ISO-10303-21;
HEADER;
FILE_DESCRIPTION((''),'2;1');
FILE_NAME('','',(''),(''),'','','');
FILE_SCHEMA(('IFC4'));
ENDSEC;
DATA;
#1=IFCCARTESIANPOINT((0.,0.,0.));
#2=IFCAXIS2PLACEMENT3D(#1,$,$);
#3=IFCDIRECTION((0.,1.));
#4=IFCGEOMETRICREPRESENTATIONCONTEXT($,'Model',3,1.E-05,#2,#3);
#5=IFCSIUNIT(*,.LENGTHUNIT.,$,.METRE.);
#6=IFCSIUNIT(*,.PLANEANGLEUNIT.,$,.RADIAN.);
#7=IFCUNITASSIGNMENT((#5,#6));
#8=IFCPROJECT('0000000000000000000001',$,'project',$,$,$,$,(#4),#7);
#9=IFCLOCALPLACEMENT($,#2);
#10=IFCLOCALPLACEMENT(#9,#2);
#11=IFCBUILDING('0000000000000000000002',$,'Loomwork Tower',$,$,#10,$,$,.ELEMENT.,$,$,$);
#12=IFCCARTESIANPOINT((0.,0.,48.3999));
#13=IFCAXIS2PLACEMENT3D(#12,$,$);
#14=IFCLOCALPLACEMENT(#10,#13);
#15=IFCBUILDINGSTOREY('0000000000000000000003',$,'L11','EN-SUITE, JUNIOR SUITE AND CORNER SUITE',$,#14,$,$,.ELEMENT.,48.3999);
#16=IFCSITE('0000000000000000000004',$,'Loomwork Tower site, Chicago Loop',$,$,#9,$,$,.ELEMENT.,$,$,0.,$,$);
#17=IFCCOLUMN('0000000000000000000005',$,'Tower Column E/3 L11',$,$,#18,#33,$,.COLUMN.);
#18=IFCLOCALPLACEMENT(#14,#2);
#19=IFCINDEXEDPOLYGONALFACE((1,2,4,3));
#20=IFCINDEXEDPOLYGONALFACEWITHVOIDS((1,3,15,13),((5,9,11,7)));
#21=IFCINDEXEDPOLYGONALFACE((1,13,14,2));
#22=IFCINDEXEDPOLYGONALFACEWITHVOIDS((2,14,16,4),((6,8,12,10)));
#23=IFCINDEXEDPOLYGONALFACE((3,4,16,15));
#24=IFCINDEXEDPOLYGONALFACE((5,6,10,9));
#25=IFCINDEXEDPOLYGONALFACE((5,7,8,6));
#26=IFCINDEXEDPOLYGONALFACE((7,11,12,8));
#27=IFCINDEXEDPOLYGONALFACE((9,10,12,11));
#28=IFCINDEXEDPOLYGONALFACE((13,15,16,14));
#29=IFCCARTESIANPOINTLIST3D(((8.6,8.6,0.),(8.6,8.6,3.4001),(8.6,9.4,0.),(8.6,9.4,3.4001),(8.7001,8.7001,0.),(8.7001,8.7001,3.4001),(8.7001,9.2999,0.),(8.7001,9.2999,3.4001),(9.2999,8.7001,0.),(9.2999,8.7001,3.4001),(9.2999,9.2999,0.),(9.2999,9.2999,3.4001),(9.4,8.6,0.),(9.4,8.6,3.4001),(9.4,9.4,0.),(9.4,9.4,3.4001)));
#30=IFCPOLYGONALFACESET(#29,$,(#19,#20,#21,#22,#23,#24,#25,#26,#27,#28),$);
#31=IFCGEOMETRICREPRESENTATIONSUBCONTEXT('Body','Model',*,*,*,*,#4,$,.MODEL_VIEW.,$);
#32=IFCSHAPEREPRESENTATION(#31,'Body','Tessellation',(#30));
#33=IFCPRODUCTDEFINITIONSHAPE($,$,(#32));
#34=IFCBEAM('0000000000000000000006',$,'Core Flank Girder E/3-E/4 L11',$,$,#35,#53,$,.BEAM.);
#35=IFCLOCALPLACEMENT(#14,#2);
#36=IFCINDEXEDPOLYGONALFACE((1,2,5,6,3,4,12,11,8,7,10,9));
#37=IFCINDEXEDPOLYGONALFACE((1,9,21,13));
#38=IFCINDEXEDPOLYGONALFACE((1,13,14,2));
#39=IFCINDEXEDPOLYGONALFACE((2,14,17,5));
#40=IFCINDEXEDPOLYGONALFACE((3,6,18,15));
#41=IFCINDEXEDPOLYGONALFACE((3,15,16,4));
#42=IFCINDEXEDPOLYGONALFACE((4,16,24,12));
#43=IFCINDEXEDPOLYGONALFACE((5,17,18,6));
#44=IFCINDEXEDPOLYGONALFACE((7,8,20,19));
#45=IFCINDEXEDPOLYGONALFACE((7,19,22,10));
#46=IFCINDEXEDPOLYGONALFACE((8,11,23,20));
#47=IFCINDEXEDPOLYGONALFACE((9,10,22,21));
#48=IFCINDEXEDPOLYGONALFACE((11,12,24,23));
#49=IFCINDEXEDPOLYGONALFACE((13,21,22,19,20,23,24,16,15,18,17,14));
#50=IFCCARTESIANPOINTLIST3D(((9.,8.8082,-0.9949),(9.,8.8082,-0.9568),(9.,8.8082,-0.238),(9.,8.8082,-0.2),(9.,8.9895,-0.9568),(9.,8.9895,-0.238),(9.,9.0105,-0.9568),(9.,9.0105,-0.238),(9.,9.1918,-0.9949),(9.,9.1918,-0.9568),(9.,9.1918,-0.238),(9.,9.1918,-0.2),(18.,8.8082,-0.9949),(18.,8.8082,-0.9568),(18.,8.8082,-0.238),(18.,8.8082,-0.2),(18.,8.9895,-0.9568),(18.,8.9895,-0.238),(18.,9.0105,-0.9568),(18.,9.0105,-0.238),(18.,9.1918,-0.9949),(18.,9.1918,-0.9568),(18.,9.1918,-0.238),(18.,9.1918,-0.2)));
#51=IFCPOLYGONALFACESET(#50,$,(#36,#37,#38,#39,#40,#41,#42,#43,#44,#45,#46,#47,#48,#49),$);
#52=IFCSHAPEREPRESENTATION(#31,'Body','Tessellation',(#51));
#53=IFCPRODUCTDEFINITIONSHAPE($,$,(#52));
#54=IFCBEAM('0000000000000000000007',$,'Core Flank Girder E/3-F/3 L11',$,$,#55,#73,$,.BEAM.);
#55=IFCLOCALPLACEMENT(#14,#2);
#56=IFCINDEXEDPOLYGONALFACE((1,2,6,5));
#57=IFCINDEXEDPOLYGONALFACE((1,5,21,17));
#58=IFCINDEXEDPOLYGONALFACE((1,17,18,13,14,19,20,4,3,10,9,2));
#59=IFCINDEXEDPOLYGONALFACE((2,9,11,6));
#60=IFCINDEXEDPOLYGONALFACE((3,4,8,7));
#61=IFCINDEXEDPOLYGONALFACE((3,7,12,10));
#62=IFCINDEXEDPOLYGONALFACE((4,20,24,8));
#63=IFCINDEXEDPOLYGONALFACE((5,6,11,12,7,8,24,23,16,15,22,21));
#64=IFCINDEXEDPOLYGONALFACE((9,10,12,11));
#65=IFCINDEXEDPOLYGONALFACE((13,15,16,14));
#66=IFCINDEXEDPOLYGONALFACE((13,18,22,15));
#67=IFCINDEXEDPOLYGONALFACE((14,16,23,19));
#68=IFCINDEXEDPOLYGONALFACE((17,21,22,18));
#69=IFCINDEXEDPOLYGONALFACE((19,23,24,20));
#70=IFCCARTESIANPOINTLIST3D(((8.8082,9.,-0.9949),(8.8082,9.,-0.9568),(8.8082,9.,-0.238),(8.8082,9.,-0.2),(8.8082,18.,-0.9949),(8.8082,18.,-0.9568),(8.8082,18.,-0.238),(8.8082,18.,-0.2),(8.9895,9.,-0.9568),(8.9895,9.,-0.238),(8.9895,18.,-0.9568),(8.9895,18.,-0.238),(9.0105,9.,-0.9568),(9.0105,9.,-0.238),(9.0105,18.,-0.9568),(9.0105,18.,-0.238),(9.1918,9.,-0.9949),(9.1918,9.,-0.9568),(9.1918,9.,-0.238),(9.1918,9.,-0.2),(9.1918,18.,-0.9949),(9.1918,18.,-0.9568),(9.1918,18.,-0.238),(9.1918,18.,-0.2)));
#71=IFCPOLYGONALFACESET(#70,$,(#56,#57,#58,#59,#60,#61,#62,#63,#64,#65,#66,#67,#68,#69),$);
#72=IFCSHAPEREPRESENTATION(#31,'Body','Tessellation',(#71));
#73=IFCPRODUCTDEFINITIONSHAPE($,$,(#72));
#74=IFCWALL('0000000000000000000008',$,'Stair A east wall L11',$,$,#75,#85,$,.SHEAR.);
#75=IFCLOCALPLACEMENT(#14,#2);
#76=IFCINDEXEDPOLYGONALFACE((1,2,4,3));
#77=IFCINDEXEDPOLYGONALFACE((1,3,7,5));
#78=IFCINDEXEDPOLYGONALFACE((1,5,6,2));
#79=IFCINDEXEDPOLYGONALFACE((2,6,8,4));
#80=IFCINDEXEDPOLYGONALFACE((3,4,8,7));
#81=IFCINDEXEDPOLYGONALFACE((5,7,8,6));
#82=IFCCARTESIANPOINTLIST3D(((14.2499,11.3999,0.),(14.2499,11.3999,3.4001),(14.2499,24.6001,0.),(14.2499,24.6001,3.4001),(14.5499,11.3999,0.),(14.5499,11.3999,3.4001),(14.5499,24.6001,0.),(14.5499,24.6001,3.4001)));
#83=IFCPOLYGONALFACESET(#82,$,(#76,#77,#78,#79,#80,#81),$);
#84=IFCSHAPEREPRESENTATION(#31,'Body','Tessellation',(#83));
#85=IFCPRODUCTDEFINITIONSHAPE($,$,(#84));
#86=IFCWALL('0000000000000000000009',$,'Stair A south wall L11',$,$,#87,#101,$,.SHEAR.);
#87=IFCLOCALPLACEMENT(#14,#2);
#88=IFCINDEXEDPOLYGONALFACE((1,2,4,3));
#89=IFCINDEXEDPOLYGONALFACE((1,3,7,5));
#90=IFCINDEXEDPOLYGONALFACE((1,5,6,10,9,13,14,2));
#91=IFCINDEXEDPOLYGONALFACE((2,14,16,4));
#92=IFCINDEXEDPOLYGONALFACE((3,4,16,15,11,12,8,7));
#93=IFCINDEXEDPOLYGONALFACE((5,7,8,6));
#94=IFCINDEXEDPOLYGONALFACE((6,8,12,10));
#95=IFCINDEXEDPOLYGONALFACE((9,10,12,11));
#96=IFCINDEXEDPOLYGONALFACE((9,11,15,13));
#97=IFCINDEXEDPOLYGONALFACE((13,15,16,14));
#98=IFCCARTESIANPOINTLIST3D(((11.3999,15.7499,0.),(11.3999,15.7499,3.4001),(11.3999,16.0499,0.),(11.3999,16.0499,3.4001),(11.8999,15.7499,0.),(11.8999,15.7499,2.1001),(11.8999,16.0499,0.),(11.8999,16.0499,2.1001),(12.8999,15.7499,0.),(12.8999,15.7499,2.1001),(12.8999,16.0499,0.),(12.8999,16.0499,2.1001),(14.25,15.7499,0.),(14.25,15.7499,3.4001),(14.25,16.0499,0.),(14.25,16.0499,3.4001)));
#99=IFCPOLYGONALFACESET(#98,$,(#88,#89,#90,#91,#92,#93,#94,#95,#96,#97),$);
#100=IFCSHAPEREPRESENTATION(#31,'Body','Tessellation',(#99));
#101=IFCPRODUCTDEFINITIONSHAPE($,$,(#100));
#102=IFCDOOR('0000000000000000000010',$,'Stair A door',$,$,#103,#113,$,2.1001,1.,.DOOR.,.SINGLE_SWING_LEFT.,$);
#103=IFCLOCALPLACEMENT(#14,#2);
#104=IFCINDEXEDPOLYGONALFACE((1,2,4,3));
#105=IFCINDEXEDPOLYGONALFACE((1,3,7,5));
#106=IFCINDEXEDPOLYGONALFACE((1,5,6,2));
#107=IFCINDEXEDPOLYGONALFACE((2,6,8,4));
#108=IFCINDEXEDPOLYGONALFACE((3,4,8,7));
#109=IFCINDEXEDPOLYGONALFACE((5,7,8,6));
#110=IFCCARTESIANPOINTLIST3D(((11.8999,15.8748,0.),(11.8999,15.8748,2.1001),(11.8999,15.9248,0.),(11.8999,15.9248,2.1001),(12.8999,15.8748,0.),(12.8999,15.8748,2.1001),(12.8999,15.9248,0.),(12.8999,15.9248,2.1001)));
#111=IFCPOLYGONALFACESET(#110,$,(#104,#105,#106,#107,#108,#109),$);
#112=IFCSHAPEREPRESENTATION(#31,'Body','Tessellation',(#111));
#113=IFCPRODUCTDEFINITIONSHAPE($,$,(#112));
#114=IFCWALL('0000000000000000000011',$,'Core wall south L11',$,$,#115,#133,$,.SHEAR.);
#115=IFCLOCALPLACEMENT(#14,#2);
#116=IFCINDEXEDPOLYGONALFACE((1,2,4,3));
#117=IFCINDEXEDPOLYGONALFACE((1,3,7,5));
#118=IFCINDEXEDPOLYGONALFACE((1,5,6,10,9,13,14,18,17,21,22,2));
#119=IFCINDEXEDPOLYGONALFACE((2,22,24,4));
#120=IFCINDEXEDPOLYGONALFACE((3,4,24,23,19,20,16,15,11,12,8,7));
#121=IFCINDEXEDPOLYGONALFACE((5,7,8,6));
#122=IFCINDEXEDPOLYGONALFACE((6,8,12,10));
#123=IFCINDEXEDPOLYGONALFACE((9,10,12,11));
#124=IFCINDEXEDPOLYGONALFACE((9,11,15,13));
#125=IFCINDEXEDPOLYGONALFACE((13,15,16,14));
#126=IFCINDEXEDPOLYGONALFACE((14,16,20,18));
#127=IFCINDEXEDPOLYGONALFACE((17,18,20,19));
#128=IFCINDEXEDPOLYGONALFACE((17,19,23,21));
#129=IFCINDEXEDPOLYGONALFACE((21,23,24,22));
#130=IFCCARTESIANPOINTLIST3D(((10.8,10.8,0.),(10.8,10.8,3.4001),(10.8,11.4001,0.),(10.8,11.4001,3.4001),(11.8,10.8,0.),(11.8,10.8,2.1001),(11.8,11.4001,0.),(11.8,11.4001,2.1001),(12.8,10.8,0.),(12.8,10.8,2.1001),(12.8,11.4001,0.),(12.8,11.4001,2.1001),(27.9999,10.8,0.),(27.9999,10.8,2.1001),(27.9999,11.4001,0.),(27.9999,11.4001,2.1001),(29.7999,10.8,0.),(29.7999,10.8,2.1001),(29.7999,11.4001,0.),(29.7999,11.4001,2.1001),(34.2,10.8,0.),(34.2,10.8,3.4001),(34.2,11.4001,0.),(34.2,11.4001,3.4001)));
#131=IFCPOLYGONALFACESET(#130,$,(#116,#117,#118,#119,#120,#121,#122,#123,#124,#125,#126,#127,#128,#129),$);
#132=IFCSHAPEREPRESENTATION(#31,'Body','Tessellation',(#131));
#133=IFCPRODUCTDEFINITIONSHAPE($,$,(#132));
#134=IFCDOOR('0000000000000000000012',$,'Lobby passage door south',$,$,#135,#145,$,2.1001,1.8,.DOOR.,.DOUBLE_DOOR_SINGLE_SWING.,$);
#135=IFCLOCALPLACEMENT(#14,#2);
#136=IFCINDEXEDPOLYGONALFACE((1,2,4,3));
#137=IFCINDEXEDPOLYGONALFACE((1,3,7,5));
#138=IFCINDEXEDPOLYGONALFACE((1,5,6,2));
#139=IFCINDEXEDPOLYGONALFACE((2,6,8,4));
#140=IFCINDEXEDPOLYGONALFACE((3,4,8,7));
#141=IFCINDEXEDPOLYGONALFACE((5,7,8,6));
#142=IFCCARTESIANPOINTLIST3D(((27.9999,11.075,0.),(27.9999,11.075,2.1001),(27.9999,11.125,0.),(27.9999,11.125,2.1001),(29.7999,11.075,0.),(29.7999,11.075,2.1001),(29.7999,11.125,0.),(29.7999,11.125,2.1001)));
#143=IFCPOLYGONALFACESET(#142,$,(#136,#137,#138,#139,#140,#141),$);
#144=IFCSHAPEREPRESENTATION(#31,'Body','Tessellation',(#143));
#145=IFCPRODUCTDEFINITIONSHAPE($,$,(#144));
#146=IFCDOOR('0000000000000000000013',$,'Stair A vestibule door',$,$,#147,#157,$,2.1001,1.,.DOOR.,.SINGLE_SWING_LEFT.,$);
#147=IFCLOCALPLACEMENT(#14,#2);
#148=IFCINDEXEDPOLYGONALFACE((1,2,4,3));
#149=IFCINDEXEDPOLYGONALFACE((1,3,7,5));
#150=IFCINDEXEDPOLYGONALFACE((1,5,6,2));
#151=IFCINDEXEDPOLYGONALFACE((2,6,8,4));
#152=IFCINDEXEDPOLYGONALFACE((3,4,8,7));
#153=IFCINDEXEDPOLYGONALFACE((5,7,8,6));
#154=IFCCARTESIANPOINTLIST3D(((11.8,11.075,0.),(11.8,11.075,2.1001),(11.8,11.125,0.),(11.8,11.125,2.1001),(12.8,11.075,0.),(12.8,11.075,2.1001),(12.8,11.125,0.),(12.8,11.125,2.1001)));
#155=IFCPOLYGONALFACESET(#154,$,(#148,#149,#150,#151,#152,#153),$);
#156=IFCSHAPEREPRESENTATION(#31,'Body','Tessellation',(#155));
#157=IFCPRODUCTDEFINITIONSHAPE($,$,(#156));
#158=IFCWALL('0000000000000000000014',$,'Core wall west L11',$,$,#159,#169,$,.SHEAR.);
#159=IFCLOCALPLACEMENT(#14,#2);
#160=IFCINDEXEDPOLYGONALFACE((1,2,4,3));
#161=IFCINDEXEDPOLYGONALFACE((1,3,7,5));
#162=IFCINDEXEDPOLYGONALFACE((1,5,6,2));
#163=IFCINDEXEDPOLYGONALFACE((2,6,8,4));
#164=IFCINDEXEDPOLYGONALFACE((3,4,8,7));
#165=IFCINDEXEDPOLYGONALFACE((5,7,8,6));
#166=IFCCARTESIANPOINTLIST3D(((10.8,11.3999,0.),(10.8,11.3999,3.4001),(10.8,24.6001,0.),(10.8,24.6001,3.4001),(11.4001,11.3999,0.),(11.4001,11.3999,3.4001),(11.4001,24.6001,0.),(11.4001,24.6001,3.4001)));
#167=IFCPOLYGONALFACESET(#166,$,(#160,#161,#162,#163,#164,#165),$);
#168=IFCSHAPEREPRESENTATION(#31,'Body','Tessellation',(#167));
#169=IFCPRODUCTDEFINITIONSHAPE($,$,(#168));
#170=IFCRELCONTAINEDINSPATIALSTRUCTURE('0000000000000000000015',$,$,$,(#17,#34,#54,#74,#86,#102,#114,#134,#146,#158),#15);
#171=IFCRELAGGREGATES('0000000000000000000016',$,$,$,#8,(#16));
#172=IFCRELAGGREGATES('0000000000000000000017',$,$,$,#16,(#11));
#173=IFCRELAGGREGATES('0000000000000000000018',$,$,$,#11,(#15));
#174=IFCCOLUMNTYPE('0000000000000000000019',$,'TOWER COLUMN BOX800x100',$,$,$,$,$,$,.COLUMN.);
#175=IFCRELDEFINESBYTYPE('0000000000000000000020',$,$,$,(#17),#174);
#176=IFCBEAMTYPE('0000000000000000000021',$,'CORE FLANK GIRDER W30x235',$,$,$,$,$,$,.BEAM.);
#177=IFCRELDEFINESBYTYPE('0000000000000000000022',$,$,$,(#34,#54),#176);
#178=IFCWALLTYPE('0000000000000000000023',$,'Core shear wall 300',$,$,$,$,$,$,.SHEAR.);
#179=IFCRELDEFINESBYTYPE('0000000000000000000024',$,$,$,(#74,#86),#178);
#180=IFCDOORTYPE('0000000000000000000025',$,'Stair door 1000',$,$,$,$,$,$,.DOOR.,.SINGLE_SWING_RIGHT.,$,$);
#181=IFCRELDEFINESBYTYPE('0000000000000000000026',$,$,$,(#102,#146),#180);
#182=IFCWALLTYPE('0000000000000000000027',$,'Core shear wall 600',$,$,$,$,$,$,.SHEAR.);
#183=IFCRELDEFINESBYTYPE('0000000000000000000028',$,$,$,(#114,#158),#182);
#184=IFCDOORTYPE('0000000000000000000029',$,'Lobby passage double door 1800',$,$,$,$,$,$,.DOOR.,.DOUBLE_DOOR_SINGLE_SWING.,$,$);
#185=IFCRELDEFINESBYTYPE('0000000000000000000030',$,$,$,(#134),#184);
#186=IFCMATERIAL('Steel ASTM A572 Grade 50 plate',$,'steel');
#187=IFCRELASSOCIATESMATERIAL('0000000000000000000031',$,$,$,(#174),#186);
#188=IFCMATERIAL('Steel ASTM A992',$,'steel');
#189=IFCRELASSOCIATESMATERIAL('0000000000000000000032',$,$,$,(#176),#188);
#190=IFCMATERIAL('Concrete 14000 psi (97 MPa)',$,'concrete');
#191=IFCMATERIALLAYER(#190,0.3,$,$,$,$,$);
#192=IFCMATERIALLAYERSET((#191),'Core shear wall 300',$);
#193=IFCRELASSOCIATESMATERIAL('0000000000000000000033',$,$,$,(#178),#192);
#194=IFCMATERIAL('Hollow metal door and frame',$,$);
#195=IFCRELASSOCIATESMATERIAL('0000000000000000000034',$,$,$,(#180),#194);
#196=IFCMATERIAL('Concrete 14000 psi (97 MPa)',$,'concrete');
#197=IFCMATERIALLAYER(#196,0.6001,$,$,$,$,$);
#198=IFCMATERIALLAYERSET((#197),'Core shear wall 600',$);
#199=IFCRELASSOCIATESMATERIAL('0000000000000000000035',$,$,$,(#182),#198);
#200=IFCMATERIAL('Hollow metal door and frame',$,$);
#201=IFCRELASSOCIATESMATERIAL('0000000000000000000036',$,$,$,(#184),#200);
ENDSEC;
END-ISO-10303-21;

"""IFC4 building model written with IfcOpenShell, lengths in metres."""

from ifc_helpers import new_model, si_unit, direction, frame, frame_2d, origin, origin_2d, place, context, subcontext, project, spatial, rectangle, hollow_rectangle, i_section, extrude, material, layer, layer_set, material_profile, profile_set, type_object, element, fill, save


model = new_model("IFC4")

# Units and contexts
model_context = context("Model", 3, precision=1e-05, world=origin(), true_north=direction((0.0, 1.0)))
body_context = subcontext(model_context, "Body", "Model", "MODEL_VIEW")
ifc_project = project(units=[si_unit("LENGTHUNIT", "METRE"), si_unit("PLANEANGLEUNIT", "RADIAN")], contexts=[model_context])

# Site, building, storey
site_placement = place(None, origin())
site = spatial("IfcSite", under=ifc_project, at=site_placement, Name="Loomwork Tower site, Chicago Loop", CompositionType="ELEMENT", RefElevation=0.0)
building_placement = place(site_placement, origin())
building = spatial("IfcBuilding", under=site, at=building_placement, Name="Loomwork Tower", CompositionType="ELEMENT")
storey_placement = place(building_placement, frame((0.0, 0.0, 48.3999)))
storey = spatial("IfcBuildingStorey", under=building, at=storey_placement, Name="L11", Description="EN-SUITE, JUNIOR SUITE AND CORNER SUITE", CompositionType="ELEMENT", Elevation=48.3999)

# Column
ifc_material_1 = material(Name="Steel ASTM A572 Grade 50 plate", Category="steel")
ifc_material_profile_1 = material_profile(ifc_material_1, hollow_rectangle(XDim=0.8, YDim=0.8, WallThickness=0.1001, at=origin_2d()), Name="BOX800x100")
ifc_profile_set_1 = profile_set([ifc_material_profile_1], Name="Steel ASTM A572 Grade 50 plate")
column_type = type_object("IfcColumnType", Name="TOWER COLUMN BOX800x100", PredefinedType="COLUMN", material=ifc_profile_set_1)
column_placement = place(storey_placement, frame((9.0, 9.0, 0.0), z_axis=(0.0, 0.0, 1.0), x_axis=(1.0, 0.0, 0.0)))
element("IfcColumn", 1, at=column_placement, inside=storey, type_object=column_type, Name="Tower Column E/3 L11", PredefinedType="COLUMN", context=body_context, shape_type="SweptSolid", body=[
    extrude(hollow_rectangle(XDim=0.8, YDim=0.8, WallThickness=0.1001, at=origin_2d()), origin(), (0.0, 0.0, 1.0), 3.4001),
])

# Beams
ifc_material_2 = material(Name="Steel ASTM A992", Category="steel")
ifc_material_profile_2 = material_profile(ifc_material_2, i_section(OverallWidth=0.3835, OverallDepth=0.7949, WebThickness=0.021, FlangeThickness=0.0381, at=origin_2d()), Name="W30x235")
ifc_profile_set_2 = profile_set([ifc_material_profile_2], Name="Steel ASTM A992")
beam_type = type_object("IfcBeamType", Name="CORE FLANK GIRDER W30x235", PredefinedType="BEAM", material=ifc_profile_set_2)
for number, where, z_axis, x_axis, name in (
    (2, (9.0, 9.0, -0.5974), (1.0, 0.0, 0.0), (0.0, 1.0, 0.0), "Core Flank Girder E/3-E/4 L11"),
    (3, (9.0, 9.0, -0.5974), (0.0, 1.0, 0.0), (-1.0, 0.0, 0.0), "Core Flank Girder E/3-F/3 L11"),
):
    element("IfcBeam", number, at=place(storey_placement, frame(where, z_axis=z_axis, x_axis=x_axis)), inside=storey, type_object=beam_type, Name=name, PredefinedType="BEAM", context=body_context, shape_type="SweptSolid", body=[
        extrude(i_section(OverallWidth=0.3835, OverallDepth=0.7949, WebThickness=0.021, FlangeThickness=0.0381, at=origin_2d()), origin(), (0.0, 0.0, 1.0), 9.0),
    ])

# Wall
ifc_material_3 = material(Name="Concrete 14000 psi (97 MPa)", Category="concrete")
ifc_layer_1 = layer(ifc_material_3, 0.3)
ifc_layer_set_1 = layer_set([ifc_layer_1], Name="Core shear wall 300")
wall_type_1 = type_object("IfcWallType", Name="Core shear wall 300", PredefinedType="SHEAR", material=ifc_layer_set_1)
wall_1_placement = place(storey_placement, frame((14.3999, 11.3999, 0.0), z_axis=(0.0, 0.0, 1.0), x_axis=(0.0, 1.0, 0.0)))
element("IfcWall", 4, at=wall_1_placement, inside=storey, type_object=wall_type_1, Name="Stair A east wall L11", PredefinedType="SHEAR", context=body_context, shape_type="SweptSolid", body=[
    extrude(rectangle(XDim=13.2002, YDim=0.3, at=frame_2d((6.6001, 0.0))), origin(), (0.0, 0.0, 1.0), 3.4001),
])

# Wall, opening, door
wall_2_placement = place(storey_placement, frame((11.3999, 15.8999, 0.0), z_axis=(0.0, 0.0, 1.0), x_axis=(1.0, 0.0, 0.0)))
wall_2 = element("IfcWall", 5, at=wall_2_placement, inside=storey, type_object=wall_type_1, Name="Stair A south wall L11", PredefinedType="SHEAR", context=body_context, shape_type="SweptSolid", body=[
    extrude(rectangle(XDim=2.8501, YDim=0.3, at=frame_2d((1.425, 0.0))), origin(), (0.0, 0.0, 1.0), 3.4001),
])
opening_1_placement = place(wall_2_placement, frame((0.5, 0.0, 0.0)))
opening_1 = element("IfcOpeningElement", 6, at=opening_1_placement, cuts=wall_2, PredefinedType="OPENING", context=body_context, shape_type="SweptSolid", body=[
    extrude(rectangle(XDim=1.0, YDim=2.1001, at=frame_2d((0.5, 1.05))), frame((0.0, 0.1599, 0.0), z_axis=(0.0, -1.0, 0.0), x_axis=(1.0, 0.0, 0.0)), (0.0, 0.0, 1.0), 0.3201),
])
ifc_material_4 = material(Name="Hollow metal door and frame")
door_type_1 = type_object("IfcDoorType", Name="Stair door 1000", OperationType="SINGLE_SWING_RIGHT", PredefinedType="DOOR", material=ifc_material_4)
door_1_placement = place(opening_1_placement, origin())
door_1 = element("IfcDoor", 7, at=door_1_placement, inside=storey, type_object=door_type_1, Name="Stair A door", OperationType="SINGLE_SWING_LEFT", OverallHeight=2.1001, OverallWidth=1.0, PredefinedType="DOOR", context=body_context, shape_type="SweptSolid", body=[
    extrude(rectangle(XDim=1.0, YDim=2.1001, at=frame_2d((0.5, 1.05))), frame((0.0, 0.0249, 0.0), z_axis=(0.0, -1.0, 0.0), x_axis=(1.0, 0.0, 0.0)), (0.0, 0.0, 1.0), 0.05),
])
fill(opening_1, door_1)

# Wall, openings, doors
ifc_material_5 = material(Name="Concrete 14000 psi (97 MPa)", Category="concrete")
ifc_layer_2 = layer(ifc_material_5, 0.6001)
ifc_layer_set_2 = layer_set([ifc_layer_2], Name="Core shear wall 600")
wall_type_2 = type_object("IfcWallType", Name="Core shear wall 600", PredefinedType="SHEAR", material=ifc_layer_set_2)
wall_3_placement = place(storey_placement, frame((10.8, 11.1001, 0.0), z_axis=(0.0, 0.0, 1.0), x_axis=(1.0, 0.0, 0.0)))
wall_3 = element("IfcWall", 8, at=wall_3_placement, inside=storey, type_object=wall_type_2, Name="Core wall south L11", PredefinedType="SHEAR", context=body_context, shape_type="SweptSolid", body=[
    extrude(rectangle(XDim=23.3999, YDim=0.6001, at=frame_2d((11.7, 0.0))), origin(), (0.0, 0.0, 1.0), 3.4001),
])
opening_2_placement = place(wall_3_placement, frame((1.0, 0.0, 0.0)))
opening_2 = element("IfcOpeningElement", 9, at=opening_2_placement, cuts=wall_3, PredefinedType="OPENING", context=body_context, shape_type="SweptSolid", body=[
    extrude(rectangle(XDim=1.0, YDim=2.1001, at=frame_2d((0.5, 1.05))), frame((0.0, 0.3101, 0.0), z_axis=(0.0, -1.0, 0.0), x_axis=(1.0, 0.0, 0.0)), (0.0, 0.0, 1.0), 0.6201),
])
opening_3_placement = place(wall_3_placement, frame((17.2, 0.0, 0.0)))
opening_3 = element("IfcOpeningElement", 10, at=opening_3_placement, cuts=wall_3, PredefinedType="OPENING", context=body_context, shape_type="SweptSolid", body=[
    extrude(rectangle(XDim=1.8, YDim=2.1001, at=frame_2d((0.8999, 1.05))), frame((0.0, 0.3101, 0.0), z_axis=(0.0, -1.0, 0.0), x_axis=(1.0, 0.0, 0.0)), (0.0, 0.0, 1.0), 0.6201),
])
ifc_material_6 = material(Name="Hollow metal door and frame")
door_type_2 = type_object("IfcDoorType", Name="Lobby passage double door 1800", OperationType="DOUBLE_DOOR_SINGLE_SWING", PredefinedType="DOOR", material=ifc_material_6)
door_2_placement = place(opening_3_placement, origin())
door_2 = element("IfcDoor", 11, at=door_2_placement, inside=storey, type_object=door_type_2, Name="Lobby passage door south", OperationType="DOUBLE_DOOR_SINGLE_SWING", OverallHeight=2.1001, OverallWidth=1.8, PredefinedType="DOOR", context=body_context, shape_type="SweptSolid", body=[
    extrude(rectangle(XDim=1.8, YDim=2.1001, at=frame_2d((0.8999, 1.05))), frame((0.0, 0.0249, 0.0), z_axis=(0.0, -1.0, 0.0), x_axis=(1.0, 0.0, 0.0)), (0.0, 0.0, 1.0), 0.05),
])
fill(opening_3, door_2)
door_3_placement = place(opening_2_placement, origin())
door_3 = element("IfcDoor", 12, at=door_3_placement, inside=storey, type_object=door_type_1, Name="Stair A vestibule door", OperationType="SINGLE_SWING_LEFT", OverallHeight=2.1001, OverallWidth=1.0, PredefinedType="DOOR", context=body_context, shape_type="SweptSolid", body=[
    extrude(rectangle(XDim=1.0, YDim=2.1001, at=frame_2d((0.5, 1.05))), frame((0.0, 0.0249, 0.0), z_axis=(0.0, -1.0, 0.0), x_axis=(1.0, 0.0, 0.0)), (0.0, 0.0, 1.0), 0.05),
])
fill(opening_2, door_3)

# Wall
wall_4_placement = place(storey_placement, frame((11.1001, 11.3999, 0.0), z_axis=(0.0, 0.0, 1.0), x_axis=(0.0, 1.0, 0.0)))
element("IfcWall", 13, at=wall_4_placement, inside=storey, type_object=wall_type_2, Name="Core wall west L11", PredefinedType="SHEAR", context=body_context, shape_type="SweptSolid", body=[
    extrude(rectangle(XDim=13.2002, YDim=0.6001, at=frame_2d((6.6001, 0.0))), origin(), (0.0, 0.0, 1.0), 3.4001),
])

save(model, "model.ifc")
